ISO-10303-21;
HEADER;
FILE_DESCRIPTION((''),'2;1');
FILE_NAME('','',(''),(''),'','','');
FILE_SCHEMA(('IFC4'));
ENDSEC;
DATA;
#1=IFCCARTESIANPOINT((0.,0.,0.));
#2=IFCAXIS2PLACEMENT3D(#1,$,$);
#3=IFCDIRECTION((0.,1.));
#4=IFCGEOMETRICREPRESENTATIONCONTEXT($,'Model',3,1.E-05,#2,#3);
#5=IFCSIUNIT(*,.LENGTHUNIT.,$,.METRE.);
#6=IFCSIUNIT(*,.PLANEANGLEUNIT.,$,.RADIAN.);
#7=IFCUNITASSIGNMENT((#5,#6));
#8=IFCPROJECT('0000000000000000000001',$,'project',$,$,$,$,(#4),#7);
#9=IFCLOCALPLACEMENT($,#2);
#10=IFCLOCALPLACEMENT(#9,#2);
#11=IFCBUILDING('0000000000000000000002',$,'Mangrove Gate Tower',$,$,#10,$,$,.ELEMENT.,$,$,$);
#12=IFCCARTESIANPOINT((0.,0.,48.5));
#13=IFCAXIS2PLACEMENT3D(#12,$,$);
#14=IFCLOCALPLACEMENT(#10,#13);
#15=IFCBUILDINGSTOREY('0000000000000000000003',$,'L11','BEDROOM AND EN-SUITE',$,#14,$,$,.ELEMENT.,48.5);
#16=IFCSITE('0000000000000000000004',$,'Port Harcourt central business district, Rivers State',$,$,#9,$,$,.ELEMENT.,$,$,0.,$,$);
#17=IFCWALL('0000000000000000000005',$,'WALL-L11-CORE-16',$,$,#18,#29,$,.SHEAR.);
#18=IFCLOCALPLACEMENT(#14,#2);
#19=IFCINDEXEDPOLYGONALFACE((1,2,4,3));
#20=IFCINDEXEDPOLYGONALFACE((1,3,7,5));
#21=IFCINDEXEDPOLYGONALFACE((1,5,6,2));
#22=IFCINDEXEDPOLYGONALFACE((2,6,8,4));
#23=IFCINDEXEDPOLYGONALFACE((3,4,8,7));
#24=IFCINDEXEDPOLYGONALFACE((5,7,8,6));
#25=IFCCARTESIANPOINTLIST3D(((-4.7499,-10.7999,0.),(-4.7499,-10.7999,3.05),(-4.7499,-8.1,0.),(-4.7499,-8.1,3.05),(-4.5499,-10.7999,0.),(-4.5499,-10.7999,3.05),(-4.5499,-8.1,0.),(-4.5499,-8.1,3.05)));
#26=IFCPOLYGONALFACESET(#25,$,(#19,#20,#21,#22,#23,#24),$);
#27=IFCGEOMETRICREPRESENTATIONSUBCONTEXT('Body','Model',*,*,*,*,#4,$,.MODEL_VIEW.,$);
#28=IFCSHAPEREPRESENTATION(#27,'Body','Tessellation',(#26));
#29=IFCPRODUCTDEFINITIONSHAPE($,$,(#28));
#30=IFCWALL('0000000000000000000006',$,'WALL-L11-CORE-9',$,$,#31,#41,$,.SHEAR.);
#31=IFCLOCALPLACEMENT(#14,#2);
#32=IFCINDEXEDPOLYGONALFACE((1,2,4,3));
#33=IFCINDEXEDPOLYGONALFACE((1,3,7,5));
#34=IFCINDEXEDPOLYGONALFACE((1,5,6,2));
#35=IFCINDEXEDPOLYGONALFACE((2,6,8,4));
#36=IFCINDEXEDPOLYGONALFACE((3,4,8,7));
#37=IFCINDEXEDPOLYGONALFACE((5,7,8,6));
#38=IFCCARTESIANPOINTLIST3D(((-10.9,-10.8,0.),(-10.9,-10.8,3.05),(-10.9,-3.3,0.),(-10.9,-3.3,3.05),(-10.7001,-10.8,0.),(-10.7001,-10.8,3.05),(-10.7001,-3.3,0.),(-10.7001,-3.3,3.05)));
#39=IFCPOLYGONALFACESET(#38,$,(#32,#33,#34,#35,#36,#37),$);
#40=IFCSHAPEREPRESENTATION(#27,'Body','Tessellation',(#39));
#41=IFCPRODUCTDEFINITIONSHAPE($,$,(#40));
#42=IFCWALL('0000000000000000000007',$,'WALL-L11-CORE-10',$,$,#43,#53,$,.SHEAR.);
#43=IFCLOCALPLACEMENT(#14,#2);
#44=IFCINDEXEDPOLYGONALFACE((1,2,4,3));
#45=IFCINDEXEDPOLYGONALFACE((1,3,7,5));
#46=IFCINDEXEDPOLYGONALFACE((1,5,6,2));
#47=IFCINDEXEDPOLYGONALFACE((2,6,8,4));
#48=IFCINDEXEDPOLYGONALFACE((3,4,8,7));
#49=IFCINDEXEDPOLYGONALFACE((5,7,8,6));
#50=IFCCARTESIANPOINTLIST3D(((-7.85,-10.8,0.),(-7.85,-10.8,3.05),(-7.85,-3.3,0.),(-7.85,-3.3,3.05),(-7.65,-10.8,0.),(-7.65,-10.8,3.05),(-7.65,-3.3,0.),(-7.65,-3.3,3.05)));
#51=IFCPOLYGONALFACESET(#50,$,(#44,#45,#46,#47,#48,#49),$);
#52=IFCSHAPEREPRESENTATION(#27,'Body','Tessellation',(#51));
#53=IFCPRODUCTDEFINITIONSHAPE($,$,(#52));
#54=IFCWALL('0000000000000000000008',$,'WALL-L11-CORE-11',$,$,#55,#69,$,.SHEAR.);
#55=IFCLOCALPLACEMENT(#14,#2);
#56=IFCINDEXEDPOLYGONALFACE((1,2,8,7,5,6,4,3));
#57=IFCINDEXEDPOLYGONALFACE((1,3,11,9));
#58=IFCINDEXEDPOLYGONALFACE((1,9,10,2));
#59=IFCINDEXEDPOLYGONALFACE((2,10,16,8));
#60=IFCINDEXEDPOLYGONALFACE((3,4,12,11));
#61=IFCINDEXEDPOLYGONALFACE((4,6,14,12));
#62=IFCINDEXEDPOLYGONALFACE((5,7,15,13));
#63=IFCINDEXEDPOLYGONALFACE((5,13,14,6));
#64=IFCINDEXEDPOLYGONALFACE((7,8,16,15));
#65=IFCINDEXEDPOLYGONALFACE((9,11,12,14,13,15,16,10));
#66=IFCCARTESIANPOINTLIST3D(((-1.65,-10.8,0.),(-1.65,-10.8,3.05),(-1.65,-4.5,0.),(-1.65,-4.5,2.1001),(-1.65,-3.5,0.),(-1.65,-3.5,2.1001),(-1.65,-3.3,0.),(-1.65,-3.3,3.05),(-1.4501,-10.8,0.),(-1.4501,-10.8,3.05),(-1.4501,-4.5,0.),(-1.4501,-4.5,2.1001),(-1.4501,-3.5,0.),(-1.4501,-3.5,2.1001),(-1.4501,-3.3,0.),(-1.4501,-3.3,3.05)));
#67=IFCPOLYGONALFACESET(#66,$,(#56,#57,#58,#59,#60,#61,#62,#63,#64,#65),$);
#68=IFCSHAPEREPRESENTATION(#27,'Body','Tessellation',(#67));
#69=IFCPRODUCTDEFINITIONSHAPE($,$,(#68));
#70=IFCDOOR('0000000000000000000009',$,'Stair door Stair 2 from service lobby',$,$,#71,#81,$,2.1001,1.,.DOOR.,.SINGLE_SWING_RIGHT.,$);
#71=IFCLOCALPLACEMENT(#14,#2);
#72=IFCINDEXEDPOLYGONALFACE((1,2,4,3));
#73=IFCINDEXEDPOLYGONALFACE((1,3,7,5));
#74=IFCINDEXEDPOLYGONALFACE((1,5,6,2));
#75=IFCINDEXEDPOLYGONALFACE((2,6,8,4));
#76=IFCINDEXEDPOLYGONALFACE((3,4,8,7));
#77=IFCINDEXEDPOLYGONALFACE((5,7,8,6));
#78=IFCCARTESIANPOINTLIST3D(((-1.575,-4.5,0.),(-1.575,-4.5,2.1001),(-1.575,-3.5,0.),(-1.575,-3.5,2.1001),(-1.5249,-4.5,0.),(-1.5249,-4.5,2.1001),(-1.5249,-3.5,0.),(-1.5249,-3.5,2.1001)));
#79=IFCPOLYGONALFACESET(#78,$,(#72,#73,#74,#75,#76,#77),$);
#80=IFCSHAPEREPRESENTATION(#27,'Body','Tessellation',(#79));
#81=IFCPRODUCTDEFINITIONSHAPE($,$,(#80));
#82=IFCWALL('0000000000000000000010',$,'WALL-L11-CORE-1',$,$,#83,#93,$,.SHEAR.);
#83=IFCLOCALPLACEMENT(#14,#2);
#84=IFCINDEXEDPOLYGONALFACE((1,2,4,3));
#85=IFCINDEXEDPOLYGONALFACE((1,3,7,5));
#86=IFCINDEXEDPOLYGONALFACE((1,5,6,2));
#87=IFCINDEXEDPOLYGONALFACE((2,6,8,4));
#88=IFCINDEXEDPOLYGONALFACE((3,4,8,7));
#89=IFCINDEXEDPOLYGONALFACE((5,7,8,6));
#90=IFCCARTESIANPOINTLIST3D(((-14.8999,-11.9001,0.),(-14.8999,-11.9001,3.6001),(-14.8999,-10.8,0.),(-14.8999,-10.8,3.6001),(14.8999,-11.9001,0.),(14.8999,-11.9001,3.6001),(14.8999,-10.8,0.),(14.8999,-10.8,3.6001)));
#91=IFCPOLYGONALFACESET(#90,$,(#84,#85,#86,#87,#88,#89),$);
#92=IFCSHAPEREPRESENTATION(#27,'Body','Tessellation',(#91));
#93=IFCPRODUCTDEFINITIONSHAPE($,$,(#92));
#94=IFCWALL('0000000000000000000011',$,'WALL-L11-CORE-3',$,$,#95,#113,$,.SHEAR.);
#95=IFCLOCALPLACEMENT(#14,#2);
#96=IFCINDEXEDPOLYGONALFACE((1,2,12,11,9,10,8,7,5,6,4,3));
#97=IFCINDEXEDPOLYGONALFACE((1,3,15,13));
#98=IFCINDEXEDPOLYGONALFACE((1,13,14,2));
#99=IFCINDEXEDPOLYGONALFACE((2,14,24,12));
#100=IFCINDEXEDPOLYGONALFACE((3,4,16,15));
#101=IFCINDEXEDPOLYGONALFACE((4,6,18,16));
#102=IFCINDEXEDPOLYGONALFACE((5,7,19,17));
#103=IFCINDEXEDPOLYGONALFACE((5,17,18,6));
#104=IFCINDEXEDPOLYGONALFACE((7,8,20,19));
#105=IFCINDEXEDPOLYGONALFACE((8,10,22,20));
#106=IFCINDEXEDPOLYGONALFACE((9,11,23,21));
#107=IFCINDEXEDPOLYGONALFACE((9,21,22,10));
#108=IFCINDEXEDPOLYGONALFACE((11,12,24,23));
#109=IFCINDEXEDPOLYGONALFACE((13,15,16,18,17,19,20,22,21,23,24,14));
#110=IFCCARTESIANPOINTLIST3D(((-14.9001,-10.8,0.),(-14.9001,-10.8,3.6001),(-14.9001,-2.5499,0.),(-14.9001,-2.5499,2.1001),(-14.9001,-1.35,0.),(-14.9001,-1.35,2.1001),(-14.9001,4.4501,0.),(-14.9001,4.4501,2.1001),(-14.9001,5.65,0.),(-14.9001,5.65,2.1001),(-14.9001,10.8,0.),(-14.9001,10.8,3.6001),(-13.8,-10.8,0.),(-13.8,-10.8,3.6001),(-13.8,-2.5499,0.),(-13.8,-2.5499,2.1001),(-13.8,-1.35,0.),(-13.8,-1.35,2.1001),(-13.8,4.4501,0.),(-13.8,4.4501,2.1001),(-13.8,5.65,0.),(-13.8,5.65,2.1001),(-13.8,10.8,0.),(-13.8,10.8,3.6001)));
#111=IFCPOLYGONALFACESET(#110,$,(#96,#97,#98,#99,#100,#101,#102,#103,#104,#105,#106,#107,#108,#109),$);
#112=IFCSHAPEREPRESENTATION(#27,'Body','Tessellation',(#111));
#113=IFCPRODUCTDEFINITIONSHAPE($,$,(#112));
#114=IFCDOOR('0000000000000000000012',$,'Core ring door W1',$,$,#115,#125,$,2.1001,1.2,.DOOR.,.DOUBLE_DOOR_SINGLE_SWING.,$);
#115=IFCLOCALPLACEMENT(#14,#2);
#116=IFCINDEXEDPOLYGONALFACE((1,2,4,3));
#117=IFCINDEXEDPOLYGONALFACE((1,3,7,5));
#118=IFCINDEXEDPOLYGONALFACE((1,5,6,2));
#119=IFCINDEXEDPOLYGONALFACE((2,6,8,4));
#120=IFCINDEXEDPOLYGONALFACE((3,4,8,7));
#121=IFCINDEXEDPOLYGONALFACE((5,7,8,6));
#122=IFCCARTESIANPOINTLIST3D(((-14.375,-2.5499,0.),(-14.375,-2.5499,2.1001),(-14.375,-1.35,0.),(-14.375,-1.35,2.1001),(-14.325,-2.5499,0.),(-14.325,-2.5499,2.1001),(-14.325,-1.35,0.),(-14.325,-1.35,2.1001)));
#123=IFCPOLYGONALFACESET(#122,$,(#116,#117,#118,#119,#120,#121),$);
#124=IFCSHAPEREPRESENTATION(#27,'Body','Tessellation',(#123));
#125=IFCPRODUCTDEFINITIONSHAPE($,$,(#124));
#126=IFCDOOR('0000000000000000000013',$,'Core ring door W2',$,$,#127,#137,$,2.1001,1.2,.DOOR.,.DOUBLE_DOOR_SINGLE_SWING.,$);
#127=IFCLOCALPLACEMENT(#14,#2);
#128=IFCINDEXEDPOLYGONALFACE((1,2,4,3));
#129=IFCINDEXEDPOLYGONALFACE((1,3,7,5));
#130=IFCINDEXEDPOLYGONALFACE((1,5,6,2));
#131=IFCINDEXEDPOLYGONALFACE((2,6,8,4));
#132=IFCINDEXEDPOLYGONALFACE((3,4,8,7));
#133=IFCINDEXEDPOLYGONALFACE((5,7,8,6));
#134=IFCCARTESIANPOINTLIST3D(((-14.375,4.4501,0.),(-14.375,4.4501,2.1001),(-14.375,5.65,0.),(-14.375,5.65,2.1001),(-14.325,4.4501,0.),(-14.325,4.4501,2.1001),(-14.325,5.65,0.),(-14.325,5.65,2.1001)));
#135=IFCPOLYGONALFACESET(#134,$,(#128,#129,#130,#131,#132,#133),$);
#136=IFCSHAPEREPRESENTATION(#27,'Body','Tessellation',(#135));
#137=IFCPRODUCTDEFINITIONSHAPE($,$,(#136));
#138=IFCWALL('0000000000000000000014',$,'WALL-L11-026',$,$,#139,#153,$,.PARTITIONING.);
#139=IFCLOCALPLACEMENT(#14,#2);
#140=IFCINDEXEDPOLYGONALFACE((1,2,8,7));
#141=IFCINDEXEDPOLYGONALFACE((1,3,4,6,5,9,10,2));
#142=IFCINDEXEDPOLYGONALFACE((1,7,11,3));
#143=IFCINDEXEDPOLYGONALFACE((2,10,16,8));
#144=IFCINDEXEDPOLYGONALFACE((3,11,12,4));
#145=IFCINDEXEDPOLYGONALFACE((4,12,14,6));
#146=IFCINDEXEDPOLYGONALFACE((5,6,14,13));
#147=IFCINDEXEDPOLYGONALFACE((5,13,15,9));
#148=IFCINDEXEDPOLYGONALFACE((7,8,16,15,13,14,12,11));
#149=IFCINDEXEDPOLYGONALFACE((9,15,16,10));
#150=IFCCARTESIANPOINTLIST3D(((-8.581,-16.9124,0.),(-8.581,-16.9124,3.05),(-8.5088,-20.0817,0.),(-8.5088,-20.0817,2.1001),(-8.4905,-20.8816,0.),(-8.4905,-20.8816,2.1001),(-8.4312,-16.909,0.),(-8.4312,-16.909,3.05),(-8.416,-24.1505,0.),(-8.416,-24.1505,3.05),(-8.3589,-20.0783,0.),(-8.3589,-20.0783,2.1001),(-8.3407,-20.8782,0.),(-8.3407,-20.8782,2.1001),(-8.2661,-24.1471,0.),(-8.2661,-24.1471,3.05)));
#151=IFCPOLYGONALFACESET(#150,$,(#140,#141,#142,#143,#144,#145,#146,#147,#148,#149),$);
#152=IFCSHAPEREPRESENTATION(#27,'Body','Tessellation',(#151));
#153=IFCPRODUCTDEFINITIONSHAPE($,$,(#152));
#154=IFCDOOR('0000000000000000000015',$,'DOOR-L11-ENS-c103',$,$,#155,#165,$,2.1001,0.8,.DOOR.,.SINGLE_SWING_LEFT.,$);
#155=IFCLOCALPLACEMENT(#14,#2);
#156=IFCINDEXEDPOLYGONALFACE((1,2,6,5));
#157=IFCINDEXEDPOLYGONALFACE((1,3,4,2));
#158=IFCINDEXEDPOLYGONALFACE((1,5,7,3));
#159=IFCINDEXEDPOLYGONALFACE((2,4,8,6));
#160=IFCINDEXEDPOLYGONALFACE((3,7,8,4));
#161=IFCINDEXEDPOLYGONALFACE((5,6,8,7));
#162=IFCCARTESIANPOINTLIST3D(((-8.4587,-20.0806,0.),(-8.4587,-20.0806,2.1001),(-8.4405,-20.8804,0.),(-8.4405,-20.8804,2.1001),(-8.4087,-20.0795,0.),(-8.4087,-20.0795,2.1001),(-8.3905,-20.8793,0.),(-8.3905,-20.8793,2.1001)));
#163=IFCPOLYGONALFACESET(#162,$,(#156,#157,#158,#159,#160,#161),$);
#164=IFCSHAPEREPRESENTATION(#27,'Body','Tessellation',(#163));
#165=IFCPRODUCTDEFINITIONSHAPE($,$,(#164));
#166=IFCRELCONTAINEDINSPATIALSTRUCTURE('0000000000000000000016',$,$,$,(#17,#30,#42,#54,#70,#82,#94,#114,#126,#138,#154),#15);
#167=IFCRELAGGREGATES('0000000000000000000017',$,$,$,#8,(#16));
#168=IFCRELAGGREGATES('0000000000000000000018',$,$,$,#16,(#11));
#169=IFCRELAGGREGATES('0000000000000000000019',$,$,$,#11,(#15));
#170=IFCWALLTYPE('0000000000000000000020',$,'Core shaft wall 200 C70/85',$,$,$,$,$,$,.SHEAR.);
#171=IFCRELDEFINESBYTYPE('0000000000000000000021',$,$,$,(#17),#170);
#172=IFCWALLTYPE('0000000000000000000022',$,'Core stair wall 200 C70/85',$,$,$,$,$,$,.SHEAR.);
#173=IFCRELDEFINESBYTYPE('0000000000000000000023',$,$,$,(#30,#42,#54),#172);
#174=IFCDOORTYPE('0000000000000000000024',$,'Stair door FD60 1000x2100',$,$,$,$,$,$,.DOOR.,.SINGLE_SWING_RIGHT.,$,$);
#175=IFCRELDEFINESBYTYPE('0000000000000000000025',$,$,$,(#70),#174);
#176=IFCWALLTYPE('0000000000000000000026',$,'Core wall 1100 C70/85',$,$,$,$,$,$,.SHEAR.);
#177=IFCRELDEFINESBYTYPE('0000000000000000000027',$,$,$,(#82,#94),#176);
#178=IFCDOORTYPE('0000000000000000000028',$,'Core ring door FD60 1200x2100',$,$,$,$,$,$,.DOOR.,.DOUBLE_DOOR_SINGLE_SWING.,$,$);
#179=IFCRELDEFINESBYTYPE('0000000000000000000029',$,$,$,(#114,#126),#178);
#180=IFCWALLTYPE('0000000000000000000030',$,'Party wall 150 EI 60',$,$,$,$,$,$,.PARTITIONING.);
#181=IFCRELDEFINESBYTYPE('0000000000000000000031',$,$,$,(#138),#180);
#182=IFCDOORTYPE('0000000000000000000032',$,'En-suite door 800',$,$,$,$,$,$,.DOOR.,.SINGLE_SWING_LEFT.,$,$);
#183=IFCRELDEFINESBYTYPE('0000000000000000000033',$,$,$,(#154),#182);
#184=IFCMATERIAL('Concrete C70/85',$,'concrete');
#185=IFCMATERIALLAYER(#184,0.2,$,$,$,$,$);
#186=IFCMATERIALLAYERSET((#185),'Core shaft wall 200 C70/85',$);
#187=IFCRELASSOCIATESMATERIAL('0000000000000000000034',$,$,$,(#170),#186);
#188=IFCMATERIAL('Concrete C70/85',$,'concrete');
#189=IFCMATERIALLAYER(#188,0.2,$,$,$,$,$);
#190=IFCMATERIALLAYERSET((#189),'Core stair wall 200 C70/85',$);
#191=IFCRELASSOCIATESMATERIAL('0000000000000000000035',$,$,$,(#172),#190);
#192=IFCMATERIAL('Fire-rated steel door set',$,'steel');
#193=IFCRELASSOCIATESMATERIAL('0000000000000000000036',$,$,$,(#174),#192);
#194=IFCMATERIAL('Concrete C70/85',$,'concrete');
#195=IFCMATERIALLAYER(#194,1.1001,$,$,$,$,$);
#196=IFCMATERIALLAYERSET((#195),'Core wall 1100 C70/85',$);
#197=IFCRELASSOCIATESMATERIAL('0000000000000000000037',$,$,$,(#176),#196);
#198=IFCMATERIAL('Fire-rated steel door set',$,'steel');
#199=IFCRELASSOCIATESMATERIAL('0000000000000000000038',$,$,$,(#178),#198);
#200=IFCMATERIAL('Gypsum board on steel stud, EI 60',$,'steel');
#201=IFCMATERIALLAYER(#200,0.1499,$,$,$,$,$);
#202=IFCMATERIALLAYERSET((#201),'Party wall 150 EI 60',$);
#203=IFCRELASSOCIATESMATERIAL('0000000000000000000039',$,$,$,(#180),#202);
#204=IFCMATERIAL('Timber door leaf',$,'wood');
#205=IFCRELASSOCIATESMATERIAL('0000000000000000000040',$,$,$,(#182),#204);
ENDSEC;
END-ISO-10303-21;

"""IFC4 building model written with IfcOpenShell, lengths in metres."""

from ifc_helpers import new_model, si_unit, direction, frame, frame_2d, origin, place, context, subcontext, project, spatial, rectangle, extrude, material, layer, layer_set, type_object, element, fill, save


model = new_model("IFC4")

# Units and contexts
model_context = context("Model", 3, precision=1e-05, world=origin(), true_north=direction((0.0, 1.0)))
body_context = subcontext(model_context, "Body", "Model", "MODEL_VIEW")
ifc_project = project(units=[si_unit("LENGTHUNIT", "METRE"), si_unit("PLANEANGLEUNIT", "RADIAN")], contexts=[model_context])

# Site, building, storey
site_placement = place(None, origin())
site = spatial("IfcSite", under=ifc_project, at=site_placement, Name="Port Harcourt central business district, Rivers State", CompositionType="ELEMENT", RefElevation=0.0)
building_placement = place(site_placement, origin())
building = spatial("IfcBuilding", under=site, at=building_placement, Name="Mangrove Gate Tower", CompositionType="ELEMENT")
storey_placement = place(building_placement, frame((0.0, 0.0, 48.5)))
storey = spatial("IfcBuildingStorey", under=building, at=storey_placement, Name="L11", Description="BEDROOM AND EN-SUITE", CompositionType="ELEMENT", Elevation=48.5)

# Walls
ifc_material_1 = material(Name="Concrete C70/85", Category="concrete")
ifc_layer_1 = layer(ifc_material_1, 0.2)
ifc_layer_set_1 = layer_set([ifc_layer_1], Name="Core shaft wall 200 C70/85")
wall_type_1 = type_object("IfcWallType", Name="Core shaft wall 200 C70/85", PredefinedType="SHEAR", material=ifc_layer_set_1)
wall_1_placement = place(storey_placement, frame((-4.6499, -10.8, 0.0), z_axis=(0.0, 0.0, 1.0), x_axis=(0.0, 1.0, 0.0)))
element("IfcWall", 1, at=wall_1_placement, inside=storey, type_object=wall_type_1, Name="WALL-L11-CORE-16", PredefinedType="SHEAR", context=body_context, shape_type="SweptSolid", body=[
    extrude(rectangle(XDim=2.7, YDim=0.2, at=frame_2d((1.3501, 0.0))), origin(), (0.0, 0.0, 1.0), 3.05),
])
ifc_material_2 = material(Name="Concrete C70/85", Category="concrete")
ifc_layer_2 = layer(ifc_material_2, 0.2)
ifc_layer_set_2 = layer_set([ifc_layer_2], Name="Core stair wall 200 C70/85")
wall_type_2 = type_object("IfcWallType", Name="Core stair wall 200 C70/85", PredefinedType="SHEAR", material=ifc_layer_set_2)
for number, where, z_axis, x_axis, name in (
    (2, (-10.8, -10.8, 0.0), (0.0, 0.0, 1.0), (0.0, 1.0, 0.0), "WALL-L11-CORE-9"),
    (3, (-7.75, -10.8, 0.0), (0.0, 0.0, 1.0), (0.0, 1.0, 0.0), "WALL-L11-CORE-10"),
):
    element("IfcWall", number, at=place(storey_placement, frame(where, z_axis=z_axis, x_axis=x_axis)), inside=storey, type_object=wall_type_2, Name=name, PredefinedType="SHEAR", context=body_context, shape_type="SweptSolid", body=[
        extrude(rectangle(XDim=7.5, YDim=0.2, at=frame_2d((3.75, 0.0))), origin(), (0.0, 0.0, 1.0), 3.05),
    ])

# Wall, opening, door
wall_2_placement = place(storey_placement, frame((-1.55, -10.8, 0.0), z_axis=(0.0, 0.0, 1.0), x_axis=(0.0, 1.0, 0.0)))
wall_2 = element("IfcWall", 4, at=wall_2_placement, inside=storey, type_object=wall_type_2, Name="WALL-L11-CORE-11", PredefinedType="SHEAR", context=body_context, shape_type="SweptSolid", body=[
    extrude(rectangle(XDim=7.5, YDim=0.2, at=frame_2d((3.75, 0.0))), origin(), (0.0, 0.0, 1.0), 3.05),
])
opening_1_placement = place(wall_2_placement, frame((6.3, 0.0, 0.0)))
opening_1 = element("IfcOpeningElement", 5, at=opening_1_placement, cuts=wall_2, PredefinedType="OPENING", context=body_context, shape_type="SweptSolid", body=[
    extrude(rectangle(XDim=1.0, YDim=2.1001, at=frame_2d((0.5, 1.05))), frame((0.0, 0.1099, 0.0), z_axis=(0.0, -1.0, 0.0), x_axis=(1.0, 0.0, 0.0)), (0.0, 0.0, 1.0), 0.22),
])
ifc_material_3 = material(Name="Fire-rated steel door set", Category="steel")
door_type_1 = type_object("IfcDoorType", Name="Stair door FD60 1000x2100", OperationType="SINGLE_SWING_RIGHT", PredefinedType="DOOR", material=ifc_material_3)
door_1_placement = place(opening_1_placement, origin())
door_1 = element("IfcDoor", 6, at=door_1_placement, inside=storey, type_object=door_type_1, Name="Stair door Stair 2 from service lobby", OperationType="SINGLE_SWING_RIGHT", OverallHeight=2.1001, OverallWidth=1.0, PredefinedType="DOOR", context=body_context, shape_type="SweptSolid", body=[
    extrude(rectangle(XDim=1.0, YDim=2.1001, at=frame_2d((0.5, 1.05))), frame((0.0, 0.0249, 0.0), z_axis=(0.0, -1.0, 0.0), x_axis=(1.0, 0.0, 0.0)), (0.0, 0.0, 1.0), 0.05),
])
fill(opening_1, door_1)

# Wall
ifc_material_4 = material(Name="Concrete C70/85", Category="concrete")
ifc_layer_3 = layer(ifc_material_4, 1.1001)
ifc_layer_set_3 = layer_set([ifc_layer_3], Name="Core wall 1100 C70/85")
wall_type_3 = type_object("IfcWallType", Name="Core wall 1100 C70/85", PredefinedType="SHEAR", material=ifc_layer_set_3)
wall_3_placement = place(storey_placement, frame((-14.8999, -11.3501, 0.0), z_axis=(0.0, 0.0, 1.0), x_axis=(1.0, 0.0, 0.0)))
element("IfcWall", 7, at=wall_3_placement, inside=storey, type_object=wall_type_3, Name="WALL-L11-CORE-1", PredefinedType="SHEAR", context=body_context, shape_type="SweptSolid", body=[
    extrude(rectangle(XDim=29.7998, YDim=1.1001, at=frame_2d((14.8999, 0.0))), origin(), (0.0, 0.0, 1.0), 3.6001),
])

# Wall, openings, doors
wall_4_placement = place(storey_placement, frame((-14.3501, -10.8, 0.0), z_axis=(0.0, 0.0, 1.0), x_axis=(0.0, 1.0, 0.0)))
wall_4 = element("IfcWall", 8, at=wall_4_placement, inside=storey, type_object=wall_type_3, Name="WALL-L11-CORE-3", PredefinedType="SHEAR", context=body_context, shape_type="SweptSolid", body=[
    extrude(rectangle(XDim=21.6001, YDim=1.1001, at=frame_2d((10.8, 0.0))), origin(), (0.0, 0.0, 1.0), 3.6001),
])
opening_2_placement = place(wall_4_placement, frame((8.25, 0.0, 0.0)))
opening_2 = element("IfcOpeningElement", 9, at=opening_2_placement, cuts=wall_4, PredefinedType="OPENING", context=body_context, shape_type="SweptSolid", body=[
    extrude(rectangle(XDim=1.2, YDim=2.1001, at=frame_2d((0.6001, 1.05))), frame((0.0, 0.5601, 0.0), z_axis=(0.0, -1.0, 0.0), x_axis=(1.0, 0.0, 0.0)), (0.0, 0.0, 1.0), 1.1201),
])
opening_3_placement = place(wall_4_placement, frame((15.25, 0.0, 0.0)))
opening_3 = element("IfcOpeningElement", 10, at=opening_3_placement, cuts=wall_4, PredefinedType="OPENING", context=body_context, shape_type="SweptSolid", body=[
    extrude(rectangle(XDim=1.2, YDim=2.1001, at=frame_2d((0.6001, 1.05))), frame((0.0, 0.5601, 0.0), z_axis=(0.0, -1.0, 0.0), x_axis=(1.0, 0.0, 0.0)), (0.0, 0.0, 1.0), 1.1201),
])
ifc_material_5 = material(Name="Fire-rated steel door set", Category="steel")
door_type_2 = type_object("IfcDoorType", Name="Core ring door FD60 1200x2100", OperationType="DOUBLE_DOOR_SINGLE_SWING", PredefinedType="DOOR", material=ifc_material_5)
door_2_placement = place(opening_2_placement, origin())
door_2 = element("IfcDoor", 11, at=door_2_placement, inside=storey, type_object=door_type_2, Name="Core ring door W1", OperationType="DOUBLE_DOOR_SINGLE_SWING", OverallHeight=2.1001, OverallWidth=1.2, PredefinedType="DOOR", context=body_context, shape_type="SweptSolid", body=[
    extrude(rectangle(XDim=1.2, YDim=2.1001, at=frame_2d((0.6001, 1.05))), frame((0.0, 0.0249, 0.0), z_axis=(0.0, -1.0, 0.0), x_axis=(1.0, 0.0, 0.0)), (0.0, 0.0, 1.0), 0.05),
])
fill(opening_2, door_2)
door_3_placement = place(opening_3_placement, origin())
door_3 = element("IfcDoor", 12, at=door_3_placement, inside=storey, type_object=door_type_2, Name="Core ring door W2", OperationType="DOUBLE_DOOR_SINGLE_SWING", OverallHeight=2.1001, OverallWidth=1.2, PredefinedType="DOOR", context=body_context, shape_type="SweptSolid", body=[
    extrude(rectangle(XDim=1.2, YDim=2.1001, at=frame_2d((0.6001, 1.05))), frame((0.0, 0.0249, 0.0), z_axis=(0.0, -1.0, 0.0), x_axis=(1.0, 0.0, 0.0)), (0.0, 0.0, 1.0), 0.05),
])
fill(opening_3, door_3)

# Wall, opening, door
ifc_material_6 = material(Name="Gypsum board on steel stud, EI 60", Category="steel")
ifc_layer_4 = layer(ifc_material_6, 0.1499)
ifc_layer_set_4 = layer_set([ifc_layer_4], Name="Party wall 150 EI 60")
wall_type_4 = type_object("IfcWallType", Name="Party wall 150 EI 60", PredefinedType="PARTITIONING", material=ifc_layer_set_4)
wall_5_placement = place(storey_placement, frame((-8.3411, -24.1489, 0.0), z_axis=(0.0, 0.0, 1.0), x_axis=(-0.022796, 0.99974, 0.0)))
wall_5 = element("IfcWall", 13, at=wall_5_placement, inside=storey, type_object=wall_type_4, Name="WALL-L11-026", PredefinedType="PARTITIONING", context=body_context, shape_type="SweptSolid", body=[
    extrude(rectangle(XDim=7.24, YDim=0.1499, at=frame_2d((3.6201, 0.0))), origin(), (0.0, 0.0, 1.0), 3.05),
])
opening_4_placement = place(wall_5_placement, frame((3.27, 0.0, 0.0)))
opening_4 = element("IfcOpeningElement", 14, at=opening_4_placement, cuts=wall_5, PredefinedType="OPENING", context=body_context, shape_type="SweptSolid", body=[
    extrude(rectangle(XDim=0.8, YDim=2.1001, at=frame_2d((0.3999, 1.05))), frame((0.0, 0.085, 0.0), z_axis=(0.0, -1.0, 0.0), x_axis=(1.0, 0.0, 0.0)), (0.0, 0.0, 1.0), 0.1699),
])
ifc_material_7 = material(Name="Timber door leaf", Category="wood")
door_type_3 = type_object("IfcDoorType", Name="En-suite door 800", OperationType="SINGLE_SWING_LEFT", PredefinedType="DOOR", material=ifc_material_7)
door_4_placement = place(opening_4_placement, origin())
door_4 = element("IfcDoor", 15, at=door_4_placement, inside=storey, type_object=door_type_3, Name="DOOR-L11-ENS-c103", OperationType="SINGLE_SWING_LEFT", OverallHeight=2.1001, OverallWidth=0.8, PredefinedType="DOOR", context=body_context, shape_type="SweptSolid", body=[
    extrude(rectangle(XDim=0.8, YDim=2.1001, at=frame_2d((0.3999, 1.05))), frame((0.0, 0.0249, 0.0), z_axis=(0.0, -1.0, 0.0), x_axis=(1.0, 0.0, 0.0)), (0.0, 0.0, 1.0), 0.05),
])
fill(opening_4, door_4)

save(model, "model.ifc")
